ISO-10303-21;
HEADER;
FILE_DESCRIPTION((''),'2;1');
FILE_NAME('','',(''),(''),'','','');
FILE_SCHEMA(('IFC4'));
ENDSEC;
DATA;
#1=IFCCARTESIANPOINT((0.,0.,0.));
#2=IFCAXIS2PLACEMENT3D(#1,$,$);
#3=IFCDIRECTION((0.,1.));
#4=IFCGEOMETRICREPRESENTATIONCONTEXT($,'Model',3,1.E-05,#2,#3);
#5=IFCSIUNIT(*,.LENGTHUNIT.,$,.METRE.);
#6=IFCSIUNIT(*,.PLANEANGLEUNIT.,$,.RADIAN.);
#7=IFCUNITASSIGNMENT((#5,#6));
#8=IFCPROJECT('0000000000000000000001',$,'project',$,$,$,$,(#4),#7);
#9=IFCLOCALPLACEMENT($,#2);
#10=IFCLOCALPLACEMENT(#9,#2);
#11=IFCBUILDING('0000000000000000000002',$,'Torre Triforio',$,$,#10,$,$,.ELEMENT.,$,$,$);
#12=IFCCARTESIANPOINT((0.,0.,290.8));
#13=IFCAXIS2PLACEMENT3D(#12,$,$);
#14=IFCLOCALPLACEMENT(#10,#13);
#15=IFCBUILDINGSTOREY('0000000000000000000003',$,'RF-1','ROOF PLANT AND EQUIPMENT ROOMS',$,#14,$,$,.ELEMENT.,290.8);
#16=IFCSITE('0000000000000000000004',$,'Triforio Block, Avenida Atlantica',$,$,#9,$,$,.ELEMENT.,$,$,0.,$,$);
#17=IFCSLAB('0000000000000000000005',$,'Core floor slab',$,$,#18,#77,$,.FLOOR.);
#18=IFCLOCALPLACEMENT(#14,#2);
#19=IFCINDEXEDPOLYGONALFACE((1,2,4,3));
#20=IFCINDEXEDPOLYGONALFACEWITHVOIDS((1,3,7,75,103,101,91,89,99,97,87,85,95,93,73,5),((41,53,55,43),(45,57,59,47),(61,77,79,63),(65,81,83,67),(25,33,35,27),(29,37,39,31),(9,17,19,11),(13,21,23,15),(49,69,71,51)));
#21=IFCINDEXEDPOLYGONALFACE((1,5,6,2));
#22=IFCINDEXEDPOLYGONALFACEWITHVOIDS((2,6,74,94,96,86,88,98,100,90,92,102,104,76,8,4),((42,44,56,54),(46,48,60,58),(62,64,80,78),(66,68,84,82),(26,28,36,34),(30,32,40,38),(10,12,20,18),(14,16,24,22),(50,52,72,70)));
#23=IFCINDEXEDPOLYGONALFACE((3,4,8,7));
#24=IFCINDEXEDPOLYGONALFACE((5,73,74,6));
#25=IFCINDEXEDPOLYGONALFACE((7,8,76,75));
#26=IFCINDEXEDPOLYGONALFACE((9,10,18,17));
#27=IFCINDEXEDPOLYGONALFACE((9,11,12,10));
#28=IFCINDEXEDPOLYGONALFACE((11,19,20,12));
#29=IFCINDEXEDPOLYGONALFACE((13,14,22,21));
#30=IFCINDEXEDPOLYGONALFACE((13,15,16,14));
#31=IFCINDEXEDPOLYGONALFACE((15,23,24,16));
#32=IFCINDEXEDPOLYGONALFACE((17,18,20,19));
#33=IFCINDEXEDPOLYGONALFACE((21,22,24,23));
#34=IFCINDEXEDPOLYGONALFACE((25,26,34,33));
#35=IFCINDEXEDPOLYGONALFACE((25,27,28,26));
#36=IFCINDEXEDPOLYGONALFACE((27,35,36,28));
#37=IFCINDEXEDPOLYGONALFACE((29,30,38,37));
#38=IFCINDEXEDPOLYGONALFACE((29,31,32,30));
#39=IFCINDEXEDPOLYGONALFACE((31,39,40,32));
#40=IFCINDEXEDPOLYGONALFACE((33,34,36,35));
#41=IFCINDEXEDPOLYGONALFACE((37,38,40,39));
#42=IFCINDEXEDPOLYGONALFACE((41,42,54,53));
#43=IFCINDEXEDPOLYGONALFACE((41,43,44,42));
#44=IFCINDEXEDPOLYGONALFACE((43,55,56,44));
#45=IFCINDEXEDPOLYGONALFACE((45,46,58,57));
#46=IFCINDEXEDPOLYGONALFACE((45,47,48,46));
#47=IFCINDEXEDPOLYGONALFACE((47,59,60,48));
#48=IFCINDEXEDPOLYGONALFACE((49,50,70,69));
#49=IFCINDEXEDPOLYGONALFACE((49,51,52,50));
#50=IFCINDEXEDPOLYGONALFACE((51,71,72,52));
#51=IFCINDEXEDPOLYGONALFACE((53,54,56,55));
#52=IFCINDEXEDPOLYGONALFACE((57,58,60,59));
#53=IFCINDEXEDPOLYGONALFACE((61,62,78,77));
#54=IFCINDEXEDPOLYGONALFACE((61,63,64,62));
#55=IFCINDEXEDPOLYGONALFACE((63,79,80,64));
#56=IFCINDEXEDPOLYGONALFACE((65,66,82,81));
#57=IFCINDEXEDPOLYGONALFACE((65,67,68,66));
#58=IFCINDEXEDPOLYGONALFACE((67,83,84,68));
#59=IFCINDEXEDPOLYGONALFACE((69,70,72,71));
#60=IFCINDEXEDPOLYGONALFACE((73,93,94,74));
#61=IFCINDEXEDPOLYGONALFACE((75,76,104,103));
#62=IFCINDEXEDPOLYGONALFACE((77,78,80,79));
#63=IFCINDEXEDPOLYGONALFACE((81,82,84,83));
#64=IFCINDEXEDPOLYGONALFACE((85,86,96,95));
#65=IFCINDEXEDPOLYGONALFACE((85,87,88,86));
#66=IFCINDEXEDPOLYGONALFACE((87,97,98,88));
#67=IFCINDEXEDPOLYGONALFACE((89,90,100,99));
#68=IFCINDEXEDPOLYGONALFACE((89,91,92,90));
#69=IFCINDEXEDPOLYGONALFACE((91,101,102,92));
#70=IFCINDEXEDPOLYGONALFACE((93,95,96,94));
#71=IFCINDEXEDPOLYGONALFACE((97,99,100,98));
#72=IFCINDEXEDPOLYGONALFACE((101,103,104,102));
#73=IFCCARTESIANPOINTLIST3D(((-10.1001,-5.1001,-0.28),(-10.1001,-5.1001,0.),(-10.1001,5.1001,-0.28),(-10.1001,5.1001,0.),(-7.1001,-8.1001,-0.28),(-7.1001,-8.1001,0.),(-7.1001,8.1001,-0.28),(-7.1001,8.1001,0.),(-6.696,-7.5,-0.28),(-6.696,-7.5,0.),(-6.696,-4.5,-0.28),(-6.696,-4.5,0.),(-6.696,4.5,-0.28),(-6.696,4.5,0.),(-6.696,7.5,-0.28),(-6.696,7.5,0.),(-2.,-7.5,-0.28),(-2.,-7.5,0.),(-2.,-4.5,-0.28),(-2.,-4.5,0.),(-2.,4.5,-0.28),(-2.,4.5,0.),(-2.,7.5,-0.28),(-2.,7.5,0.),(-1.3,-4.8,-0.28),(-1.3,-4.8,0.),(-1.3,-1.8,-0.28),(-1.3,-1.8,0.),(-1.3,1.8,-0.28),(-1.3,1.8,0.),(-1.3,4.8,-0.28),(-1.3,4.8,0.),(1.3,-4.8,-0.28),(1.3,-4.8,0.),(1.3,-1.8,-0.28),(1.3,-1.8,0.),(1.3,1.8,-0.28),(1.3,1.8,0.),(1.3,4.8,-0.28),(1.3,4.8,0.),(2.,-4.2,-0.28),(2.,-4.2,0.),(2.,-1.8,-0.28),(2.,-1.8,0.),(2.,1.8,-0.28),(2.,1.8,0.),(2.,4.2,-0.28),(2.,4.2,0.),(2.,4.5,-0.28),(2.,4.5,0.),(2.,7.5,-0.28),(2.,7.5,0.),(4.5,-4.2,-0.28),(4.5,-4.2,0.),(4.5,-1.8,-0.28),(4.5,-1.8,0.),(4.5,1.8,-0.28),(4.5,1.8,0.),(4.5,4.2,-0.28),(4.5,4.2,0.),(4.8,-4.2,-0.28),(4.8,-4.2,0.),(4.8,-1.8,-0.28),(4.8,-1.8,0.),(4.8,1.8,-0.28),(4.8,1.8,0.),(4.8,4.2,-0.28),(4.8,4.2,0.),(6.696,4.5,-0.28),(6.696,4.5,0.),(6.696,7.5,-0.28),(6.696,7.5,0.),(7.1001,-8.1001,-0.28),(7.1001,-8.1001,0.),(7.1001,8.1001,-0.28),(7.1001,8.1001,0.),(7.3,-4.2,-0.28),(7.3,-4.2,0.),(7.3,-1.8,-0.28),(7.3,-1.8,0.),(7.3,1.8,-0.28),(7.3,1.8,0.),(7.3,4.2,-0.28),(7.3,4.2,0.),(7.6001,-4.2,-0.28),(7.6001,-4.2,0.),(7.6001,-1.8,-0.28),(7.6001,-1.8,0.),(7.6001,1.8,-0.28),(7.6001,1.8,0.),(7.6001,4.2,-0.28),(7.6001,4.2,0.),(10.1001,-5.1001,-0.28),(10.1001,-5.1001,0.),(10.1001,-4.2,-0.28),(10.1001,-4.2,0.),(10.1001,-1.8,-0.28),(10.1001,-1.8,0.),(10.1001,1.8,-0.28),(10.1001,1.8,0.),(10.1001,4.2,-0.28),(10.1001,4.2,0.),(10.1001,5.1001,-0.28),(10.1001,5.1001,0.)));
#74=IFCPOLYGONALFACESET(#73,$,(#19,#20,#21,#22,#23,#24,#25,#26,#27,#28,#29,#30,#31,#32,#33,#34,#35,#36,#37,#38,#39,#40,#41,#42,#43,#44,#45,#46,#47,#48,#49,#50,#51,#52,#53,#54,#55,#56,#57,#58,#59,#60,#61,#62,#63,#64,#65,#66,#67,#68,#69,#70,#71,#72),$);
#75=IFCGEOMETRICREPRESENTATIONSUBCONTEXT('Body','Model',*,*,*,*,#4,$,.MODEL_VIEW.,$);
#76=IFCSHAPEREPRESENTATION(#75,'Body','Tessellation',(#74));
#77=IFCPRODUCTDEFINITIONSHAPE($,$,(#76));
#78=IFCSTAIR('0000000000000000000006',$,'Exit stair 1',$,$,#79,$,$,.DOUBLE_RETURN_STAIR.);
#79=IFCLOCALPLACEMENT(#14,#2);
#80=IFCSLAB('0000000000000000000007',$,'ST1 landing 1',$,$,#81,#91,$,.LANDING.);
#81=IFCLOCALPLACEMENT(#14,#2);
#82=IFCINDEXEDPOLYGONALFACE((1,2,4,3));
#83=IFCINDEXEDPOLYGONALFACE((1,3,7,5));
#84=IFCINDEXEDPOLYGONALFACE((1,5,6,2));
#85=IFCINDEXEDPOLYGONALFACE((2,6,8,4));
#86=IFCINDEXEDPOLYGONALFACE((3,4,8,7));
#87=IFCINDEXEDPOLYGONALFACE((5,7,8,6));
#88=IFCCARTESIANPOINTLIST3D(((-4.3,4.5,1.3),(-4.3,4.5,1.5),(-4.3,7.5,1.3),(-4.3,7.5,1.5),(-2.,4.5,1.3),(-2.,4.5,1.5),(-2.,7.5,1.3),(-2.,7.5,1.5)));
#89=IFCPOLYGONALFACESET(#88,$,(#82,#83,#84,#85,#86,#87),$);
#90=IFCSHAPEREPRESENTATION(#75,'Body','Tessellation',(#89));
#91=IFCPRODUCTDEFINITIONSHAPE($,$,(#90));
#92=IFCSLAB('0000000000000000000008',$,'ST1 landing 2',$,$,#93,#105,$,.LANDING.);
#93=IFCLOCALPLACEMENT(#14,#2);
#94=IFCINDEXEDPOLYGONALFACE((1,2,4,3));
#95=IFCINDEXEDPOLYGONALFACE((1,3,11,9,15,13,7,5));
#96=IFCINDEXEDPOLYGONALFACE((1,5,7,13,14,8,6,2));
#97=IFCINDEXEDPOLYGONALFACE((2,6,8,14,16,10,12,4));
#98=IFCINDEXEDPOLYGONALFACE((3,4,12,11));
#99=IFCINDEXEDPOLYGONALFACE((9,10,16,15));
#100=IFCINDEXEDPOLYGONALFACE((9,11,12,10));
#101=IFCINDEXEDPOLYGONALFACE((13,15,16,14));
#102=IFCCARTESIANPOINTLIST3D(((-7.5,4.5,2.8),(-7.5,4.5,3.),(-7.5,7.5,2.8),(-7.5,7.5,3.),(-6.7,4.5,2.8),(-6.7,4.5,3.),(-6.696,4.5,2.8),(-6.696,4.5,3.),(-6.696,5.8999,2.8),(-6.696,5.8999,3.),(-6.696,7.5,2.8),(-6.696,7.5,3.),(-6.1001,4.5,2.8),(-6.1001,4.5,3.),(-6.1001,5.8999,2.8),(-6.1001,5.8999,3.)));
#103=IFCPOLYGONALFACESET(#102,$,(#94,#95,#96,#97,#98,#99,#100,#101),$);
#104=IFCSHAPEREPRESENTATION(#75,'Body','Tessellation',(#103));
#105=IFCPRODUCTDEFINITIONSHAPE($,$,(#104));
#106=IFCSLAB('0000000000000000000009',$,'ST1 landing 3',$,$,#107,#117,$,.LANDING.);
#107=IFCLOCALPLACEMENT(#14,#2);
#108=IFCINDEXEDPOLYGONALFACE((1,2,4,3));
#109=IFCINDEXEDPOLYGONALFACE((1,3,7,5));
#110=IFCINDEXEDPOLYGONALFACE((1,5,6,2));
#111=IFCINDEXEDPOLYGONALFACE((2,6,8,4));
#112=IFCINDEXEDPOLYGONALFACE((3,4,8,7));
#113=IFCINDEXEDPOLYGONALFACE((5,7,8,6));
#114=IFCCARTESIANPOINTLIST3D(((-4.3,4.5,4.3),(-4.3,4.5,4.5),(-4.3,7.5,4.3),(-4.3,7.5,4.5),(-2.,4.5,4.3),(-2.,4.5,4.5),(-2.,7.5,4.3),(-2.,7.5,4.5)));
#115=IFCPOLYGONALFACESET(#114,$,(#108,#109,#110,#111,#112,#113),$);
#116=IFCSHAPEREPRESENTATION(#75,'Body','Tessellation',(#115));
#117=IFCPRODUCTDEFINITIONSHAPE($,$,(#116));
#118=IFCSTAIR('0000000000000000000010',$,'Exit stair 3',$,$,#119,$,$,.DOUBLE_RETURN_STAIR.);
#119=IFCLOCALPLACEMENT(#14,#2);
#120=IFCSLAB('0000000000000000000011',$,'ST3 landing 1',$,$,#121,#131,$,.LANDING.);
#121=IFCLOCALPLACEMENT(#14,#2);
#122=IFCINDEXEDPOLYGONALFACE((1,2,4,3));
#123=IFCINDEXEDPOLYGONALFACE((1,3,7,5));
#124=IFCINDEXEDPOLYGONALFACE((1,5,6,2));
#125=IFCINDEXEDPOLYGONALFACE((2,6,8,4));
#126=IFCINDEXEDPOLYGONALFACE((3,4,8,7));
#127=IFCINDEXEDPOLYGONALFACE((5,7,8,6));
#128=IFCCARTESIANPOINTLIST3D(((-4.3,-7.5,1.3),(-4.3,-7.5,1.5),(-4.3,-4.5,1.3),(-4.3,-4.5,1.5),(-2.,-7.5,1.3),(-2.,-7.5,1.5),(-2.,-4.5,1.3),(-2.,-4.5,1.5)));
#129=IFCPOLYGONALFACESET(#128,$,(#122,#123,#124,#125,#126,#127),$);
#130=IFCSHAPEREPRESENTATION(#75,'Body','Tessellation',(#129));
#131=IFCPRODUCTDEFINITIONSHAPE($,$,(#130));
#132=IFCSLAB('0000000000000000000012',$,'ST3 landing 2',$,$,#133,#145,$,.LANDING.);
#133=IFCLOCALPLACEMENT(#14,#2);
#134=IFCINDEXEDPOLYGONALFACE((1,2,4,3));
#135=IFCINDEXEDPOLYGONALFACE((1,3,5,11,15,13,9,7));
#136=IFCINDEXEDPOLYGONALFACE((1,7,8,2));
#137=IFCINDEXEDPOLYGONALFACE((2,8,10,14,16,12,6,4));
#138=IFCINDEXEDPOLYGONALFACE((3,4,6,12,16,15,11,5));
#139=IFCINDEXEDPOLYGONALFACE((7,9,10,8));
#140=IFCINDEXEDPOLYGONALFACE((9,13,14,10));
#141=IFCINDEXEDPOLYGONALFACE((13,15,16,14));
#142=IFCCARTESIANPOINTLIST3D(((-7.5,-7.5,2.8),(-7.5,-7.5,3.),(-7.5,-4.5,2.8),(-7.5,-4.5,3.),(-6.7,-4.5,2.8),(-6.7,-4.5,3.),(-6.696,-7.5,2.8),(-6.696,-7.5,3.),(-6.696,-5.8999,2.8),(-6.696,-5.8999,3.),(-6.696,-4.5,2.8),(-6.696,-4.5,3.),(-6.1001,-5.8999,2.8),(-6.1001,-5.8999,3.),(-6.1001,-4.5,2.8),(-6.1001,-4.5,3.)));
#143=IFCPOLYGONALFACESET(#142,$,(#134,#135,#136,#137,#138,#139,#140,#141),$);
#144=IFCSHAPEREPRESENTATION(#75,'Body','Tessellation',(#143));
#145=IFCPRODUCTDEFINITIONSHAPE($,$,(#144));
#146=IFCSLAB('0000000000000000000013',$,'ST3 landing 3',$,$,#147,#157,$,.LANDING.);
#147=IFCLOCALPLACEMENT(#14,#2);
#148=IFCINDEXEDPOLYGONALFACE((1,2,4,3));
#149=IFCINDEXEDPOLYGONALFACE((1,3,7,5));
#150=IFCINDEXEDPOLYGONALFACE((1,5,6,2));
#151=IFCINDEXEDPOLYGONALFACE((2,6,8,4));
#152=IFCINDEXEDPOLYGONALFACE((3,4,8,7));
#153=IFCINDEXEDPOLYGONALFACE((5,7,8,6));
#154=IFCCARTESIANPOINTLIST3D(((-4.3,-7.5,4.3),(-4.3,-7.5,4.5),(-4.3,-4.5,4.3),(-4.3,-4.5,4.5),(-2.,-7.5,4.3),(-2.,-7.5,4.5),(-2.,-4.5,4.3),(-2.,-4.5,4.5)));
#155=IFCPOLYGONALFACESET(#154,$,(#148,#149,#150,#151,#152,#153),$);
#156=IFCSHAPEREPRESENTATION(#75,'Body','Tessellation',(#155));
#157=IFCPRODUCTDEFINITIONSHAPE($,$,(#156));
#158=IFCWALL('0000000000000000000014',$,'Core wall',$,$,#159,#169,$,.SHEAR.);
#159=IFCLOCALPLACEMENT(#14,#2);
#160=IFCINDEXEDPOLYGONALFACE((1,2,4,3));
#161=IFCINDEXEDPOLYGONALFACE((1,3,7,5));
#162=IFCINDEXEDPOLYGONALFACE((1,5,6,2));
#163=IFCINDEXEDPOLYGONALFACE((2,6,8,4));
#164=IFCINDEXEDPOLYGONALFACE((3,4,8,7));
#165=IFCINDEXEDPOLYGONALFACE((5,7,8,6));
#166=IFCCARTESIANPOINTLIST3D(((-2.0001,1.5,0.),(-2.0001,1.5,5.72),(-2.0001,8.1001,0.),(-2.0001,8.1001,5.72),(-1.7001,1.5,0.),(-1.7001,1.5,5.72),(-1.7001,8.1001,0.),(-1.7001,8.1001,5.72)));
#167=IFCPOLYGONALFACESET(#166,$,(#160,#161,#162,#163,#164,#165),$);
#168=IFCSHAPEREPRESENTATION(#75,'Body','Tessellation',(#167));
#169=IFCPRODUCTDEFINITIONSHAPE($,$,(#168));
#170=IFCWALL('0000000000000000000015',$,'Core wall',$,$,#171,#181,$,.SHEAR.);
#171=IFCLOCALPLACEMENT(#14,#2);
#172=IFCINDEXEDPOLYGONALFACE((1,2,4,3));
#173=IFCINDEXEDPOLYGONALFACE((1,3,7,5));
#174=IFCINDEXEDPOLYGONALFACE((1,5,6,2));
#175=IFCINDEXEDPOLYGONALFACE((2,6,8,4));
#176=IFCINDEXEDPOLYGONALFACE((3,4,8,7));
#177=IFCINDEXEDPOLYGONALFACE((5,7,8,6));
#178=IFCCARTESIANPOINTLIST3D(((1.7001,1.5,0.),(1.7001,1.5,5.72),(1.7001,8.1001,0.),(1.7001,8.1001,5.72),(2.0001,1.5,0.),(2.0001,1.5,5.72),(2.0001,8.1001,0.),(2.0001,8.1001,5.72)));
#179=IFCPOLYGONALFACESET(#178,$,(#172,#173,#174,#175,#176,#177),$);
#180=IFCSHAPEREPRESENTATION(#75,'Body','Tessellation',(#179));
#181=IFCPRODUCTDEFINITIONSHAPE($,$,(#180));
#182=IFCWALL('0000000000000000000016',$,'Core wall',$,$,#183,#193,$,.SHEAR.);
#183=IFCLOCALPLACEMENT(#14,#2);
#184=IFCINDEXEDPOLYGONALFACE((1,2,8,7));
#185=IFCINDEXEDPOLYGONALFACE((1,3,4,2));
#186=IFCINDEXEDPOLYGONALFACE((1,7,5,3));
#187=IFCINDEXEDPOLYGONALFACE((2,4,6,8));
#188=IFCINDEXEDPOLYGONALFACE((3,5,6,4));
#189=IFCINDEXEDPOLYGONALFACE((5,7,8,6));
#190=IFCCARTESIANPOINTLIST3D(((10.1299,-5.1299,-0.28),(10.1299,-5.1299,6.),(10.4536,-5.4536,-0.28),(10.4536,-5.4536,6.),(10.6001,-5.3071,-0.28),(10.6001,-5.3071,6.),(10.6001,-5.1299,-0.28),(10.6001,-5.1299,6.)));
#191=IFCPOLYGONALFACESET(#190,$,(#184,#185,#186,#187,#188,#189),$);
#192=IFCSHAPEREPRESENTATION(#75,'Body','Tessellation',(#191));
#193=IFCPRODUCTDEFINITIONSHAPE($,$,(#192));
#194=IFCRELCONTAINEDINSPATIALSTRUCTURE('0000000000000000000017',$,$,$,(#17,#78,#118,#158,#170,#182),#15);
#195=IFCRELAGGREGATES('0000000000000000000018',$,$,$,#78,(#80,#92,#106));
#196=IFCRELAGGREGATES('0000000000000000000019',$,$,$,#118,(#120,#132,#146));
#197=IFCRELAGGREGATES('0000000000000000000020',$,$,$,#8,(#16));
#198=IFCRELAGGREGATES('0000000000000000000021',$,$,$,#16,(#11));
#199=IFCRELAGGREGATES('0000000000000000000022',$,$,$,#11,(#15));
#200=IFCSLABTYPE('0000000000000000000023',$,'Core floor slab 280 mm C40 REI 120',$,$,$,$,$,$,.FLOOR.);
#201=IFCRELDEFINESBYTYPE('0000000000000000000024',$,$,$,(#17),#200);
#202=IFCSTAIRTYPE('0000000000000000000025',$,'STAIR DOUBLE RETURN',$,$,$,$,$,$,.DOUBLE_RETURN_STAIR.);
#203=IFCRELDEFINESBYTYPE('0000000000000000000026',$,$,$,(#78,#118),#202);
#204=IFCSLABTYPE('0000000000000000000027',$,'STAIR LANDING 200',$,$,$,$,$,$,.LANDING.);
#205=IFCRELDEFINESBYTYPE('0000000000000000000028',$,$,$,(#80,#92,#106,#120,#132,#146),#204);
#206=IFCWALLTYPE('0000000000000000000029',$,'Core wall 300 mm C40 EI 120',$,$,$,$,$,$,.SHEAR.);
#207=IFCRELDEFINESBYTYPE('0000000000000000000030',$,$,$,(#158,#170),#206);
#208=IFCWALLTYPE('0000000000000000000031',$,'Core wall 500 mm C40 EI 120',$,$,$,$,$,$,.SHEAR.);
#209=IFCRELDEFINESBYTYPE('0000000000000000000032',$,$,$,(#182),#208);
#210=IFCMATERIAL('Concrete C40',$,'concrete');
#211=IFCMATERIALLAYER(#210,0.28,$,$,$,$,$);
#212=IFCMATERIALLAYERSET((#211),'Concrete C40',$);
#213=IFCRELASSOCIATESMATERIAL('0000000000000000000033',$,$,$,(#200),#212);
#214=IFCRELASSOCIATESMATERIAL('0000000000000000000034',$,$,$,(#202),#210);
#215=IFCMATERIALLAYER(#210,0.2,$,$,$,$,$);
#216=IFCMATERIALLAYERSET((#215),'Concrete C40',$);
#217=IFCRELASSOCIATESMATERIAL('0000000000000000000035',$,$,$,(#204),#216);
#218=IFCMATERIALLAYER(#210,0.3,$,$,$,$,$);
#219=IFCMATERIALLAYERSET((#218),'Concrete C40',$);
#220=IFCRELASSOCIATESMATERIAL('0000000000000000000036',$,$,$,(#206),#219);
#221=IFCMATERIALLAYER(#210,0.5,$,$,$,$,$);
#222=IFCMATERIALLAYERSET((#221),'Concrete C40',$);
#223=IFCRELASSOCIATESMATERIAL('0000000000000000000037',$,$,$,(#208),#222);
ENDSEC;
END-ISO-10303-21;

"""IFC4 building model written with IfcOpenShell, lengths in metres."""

from ifc_helpers import new_model, si_unit, direction, frame, frame_2d, origin, place, context, subcontext, project, spatial, polyline, rectangle, outline, extrude, material, layer, layer_set, type_object, element, aggregate, save


model = new_model("IFC4")

# Units and contexts
model_context = context("Model", 3, precision=1e-05, world=origin(), true_north=direction((0.0, 1.0)))
body_context = subcontext(model_context, "Body", "Model", "MODEL_VIEW")
ifc_project = project(units=[si_unit("LENGTHUNIT", "METRE"), si_unit("PLANEANGLEUNIT", "RADIAN")], contexts=[model_context])

# Site, building, storey
site_placement = place(None, origin())
site = spatial("IfcSite", under=ifc_project, at=site_placement, Name="Triforio Block, Avenida Atlantica", CompositionType="ELEMENT", RefElevation=0.0)
building_placement = place(site_placement, origin())
building = spatial("IfcBuilding", under=site, at=building_placement, Name="Torre Triforio", CompositionType="ELEMENT")
storey_placement = place(building_placement, frame((0.0, 0.0, 290.8)))
storey = spatial("IfcBuildingStorey", under=building, at=storey_placement, Name="RF-1", Description="ROOF PLANT AND EQUIPMENT ROOMS", CompositionType="ELEMENT", Elevation=290.8)

# Slab
ifc_material_1 = material(Name="Concrete C40", Category="concrete")
ifc_layer_1 = layer(ifc_material_1, 0.28)
ifc_layer_set_1 = layer_set([ifc_layer_1], Name="Concrete C40")
slab_type_1 = type_object("IfcSlabType", Name="Core floor slab 280 mm C40 REI 120", PredefinedType="FLOOR", material=ifc_layer_set_1)
slab_1_placement = place(storey_placement, frame((0.0, 0.0, -0.28)))
element("IfcSlab", 1, at=slab_1_placement, inside=storey, type_object=slab_type_1, Name="Core floor slab", PredefinedType="FLOOR", context=body_context, shape_type="SweptSolid", body=[
    extrude(outline(polyline([(10.1001, -5.1001), (7.1001, -8.1001), (-7.1001, -8.1001), (-10.1001, -5.1001), (-10.1001, 5.1001), (-7.1001, 8.1001), (7.1001, 8.1001), (10.1001, 5.1001), (10.1001, 4.2), (7.6001, 4.2), (7.6001, 1.8), (10.1001, 1.8), (10.1001, -1.8), (7.6001, -1.8), (7.6001, -4.2), (10.1001, -4.2), (10.1001, -5.1001)]), holes=[polyline([(-6.696, -4.5), (-6.696, -7.5), (-2.0, -7.5), (-2.0, -4.5), (-6.696, -4.5)]), polyline([(-1.3, -1.8), (-1.3, -4.8), (1.3, -4.8), (1.3, -1.8), (-1.3, -1.8)]), polyline([(2.0, -1.8), (2.0, -4.2), (4.5, -4.2), (4.5, -1.8), (2.0, -1.8)]), polyline([(4.5, 4.2), (2.0, 4.2), (2.0, 1.8), (4.5, 1.8), (4.5, 4.2)]), polyline([(1.3, 4.8), (-1.3, 4.8), (-1.3, 1.8), (1.3, 1.8), (1.3, 4.8)]), polyline([(-6.696, 7.5), (-6.696, 4.5), (-2.0, 4.5), (-2.0, 7.5), (-6.696, 7.5)]), polyline([(7.3, -1.8), (4.8, -1.8), (4.8, -4.2), (7.3, -4.2), (7.3, -1.8)]), polyline([(4.8, 4.2), (4.8, 1.8), (7.3, 1.8), (7.3, 4.2), (4.8, 4.2)]), polyline([(6.696, 7.5), (2.0, 7.5), (2.0, 4.5), (6.696, 4.5), (6.696, 7.5)])]), origin(), (0.0, 0.0, 1.0), 0.28),
])

# Stairs, slabs
stair_type = type_object("IfcStairType", Name="STAIR DOUBLE RETURN", PredefinedType="DOUBLE_RETURN_STAIR", material=ifc_material_1)
stair_1_placement = place(storey_placement, origin())
stair_1 = element("IfcStair", 2, at=stair_1_placement, inside=storey, type_object=stair_type, Name="Exit stair 1", PredefinedType="DOUBLE_RETURN_STAIR")
ifc_layer_2 = layer(ifc_material_1, 0.2)
ifc_layer_set_2 = layer_set([ifc_layer_2], Name="Concrete C40")
slab_type_2 = type_object("IfcSlabType", Name="STAIR LANDING 200", PredefinedType="LANDING", material=ifc_layer_set_2)
slab_2_placement = place(storey_placement, frame((0.0, 0.0, 1.3)))
slab_2 = element("IfcSlab", 3, at=slab_2_placement, type_object=slab_type_2, Name="ST1 landing 1", PredefinedType="LANDING", context=body_context, shape_type="SweptSolid", body=[
    extrude(outline(polyline([(-2.0, 4.5), (-2.0, 7.5), (-4.3, 7.5), (-4.3, 4.5), (-2.0, 4.5)])), origin(), (0.0, 0.0, 1.0), 0.2),
])
slab_3_placement = place(storey_placement, frame((0.0, 0.0, 2.8)))
slab_3 = element("IfcSlab", 4, at=slab_3_placement, type_object=slab_type_2, Name="ST1 landing 2", PredefinedType="LANDING", context=body_context, shape_type="SweptSolid", body=[
    extrude(outline(polyline([(-6.1001, 5.8999), (-6.1001, 4.5), (-6.696, 4.5), (-6.7, 4.5), (-7.5, 4.5), (-7.5, 7.5), (-6.696, 7.5), (-6.696, 5.8999), (-6.1001, 5.8999)])), origin(), (0.0, 0.0, 1.0), 0.2),
])
slab_4_placement = place(storey_placement, frame((0.0, 0.0, 4.3)))
slab_4 = element("IfcSlab", 5, at=slab_4_placement, type_object=slab_type_2, Name="ST1 landing 3", PredefinedType="LANDING", context=body_context, shape_type="SweptSolid", body=[
    extrude(outline(polyline([(-2.0, 4.5), (-2.0, 7.5), (-4.3, 7.5), (-4.3, 4.5), (-2.0, 4.5)])), origin(), (0.0, 0.0, 1.0), 0.2),
])
aggregate(stair_1, [slab_2, slab_3, slab_4])
stair_2_placement = place(storey_placement, origin())
stair_2 = element("IfcStair", 6, at=stair_2_placement, inside=storey, type_object=stair_type, Name="Exit stair 3", PredefinedType="DOUBLE_RETURN_STAIR")
slab_5_placement = place(storey_placement, frame((0.0, 0.0, 1.3)))
slab_5 = element("IfcSlab", 7, at=slab_5_placement, type_object=slab_type_2, Name="ST3 landing 1", PredefinedType="LANDING", context=body_context, shape_type="SweptSolid", body=[
    extrude(outline(polyline([(-2.0, -7.5), (-2.0, -4.5), (-4.3, -4.5), (-4.3, -7.5), (-2.0, -7.5)])), origin(), (0.0, 0.0, 1.0), 0.2),
])
slab_6_placement = place(storey_placement, frame((0.0, 0.0, 2.8)))
slab_6 = element("IfcSlab", 8, at=slab_6_placement, type_object=slab_type_2, Name="ST3 landing 2", PredefinedType="LANDING", context=body_context, shape_type="SweptSolid", body=[
    extrude(outline(polyline([(-6.696, -7.5), (-7.5, -7.5), (-7.5, -4.5), (-6.7, -4.5), (-6.696, -4.5), (-6.1001, -4.5), (-6.1001, -5.8999), (-6.696, -5.8999), (-6.696, -7.5)])), origin(), (0.0, 0.0, 1.0), 0.2),
])
slab_7_placement = place(storey_placement, frame((0.0, 0.0, 4.3)))
slab_7 = element("IfcSlab", 9, at=slab_7_placement, type_object=slab_type_2, Name="ST3 landing 3", PredefinedType="LANDING", context=body_context, shape_type="SweptSolid", body=[
    extrude(outline(polyline([(-2.0, -7.5), (-2.0, -4.5), (-4.3, -4.5), (-4.3, -7.5), (-2.0, -7.5)])), origin(), (0.0, 0.0, 1.0), 0.2),
])
aggregate(stair_2, [slab_5, slab_6, slab_7])

# Walls
ifc_layer_3 = layer(ifc_material_1, 0.3)
ifc_layer_set_3 = layer_set([ifc_layer_3], Name="Concrete C40")
wall_type_1 = type_object("IfcWallType", Name="Core wall 300 mm C40 EI 120", PredefinedType="SHEAR", material=ifc_layer_set_3)
for number, where, z_axis, x_axis, name in (
    (10, (-1.8501, 1.5, 0.0), (0.0, 0.0, 1.0), (0.0, 1.0, 0.0), "Core wall"),
    (11, (1.8501, 1.5, 0.0), (0.0, 0.0, 1.0), (0.0, 1.0, 0.0), "Core wall"),
):
    element("IfcWall", number, at=place(storey_placement, frame(where, z_axis=z_axis, x_axis=x_axis)), inside=storey, type_object=wall_type_1, Name=name, PredefinedType="SHEAR", context=body_context, shape_type="SweptSolid", body=[
        extrude(rectangle(XDim=6.6001, YDim=0.3, at=frame_2d((3.3, 0.0))), origin(), (0.0, 0.0, 1.0), 5.72),
    ])
ifc_layer_4 = layer(ifc_material_1, 0.5)
ifc_layer_set_4 = layer_set([ifc_layer_4], Name="Concrete C40")
wall_type_2 = type_object("IfcWallType", Name="Core wall 500 mm C40 EI 120", PredefinedType="SHEAR", material=ifc_layer_set_4)
wall_1_placement = place(storey_placement, frame((0.0, 0.0, -0.28)))
element("IfcWall", 12, at=wall_1_placement, inside=storey, type_object=wall_type_2, Name="Core wall", PredefinedType="SHEAR", context=body_context, shape_type="SweptSolid", body=[
    extrude(outline(polyline([(10.6001, -5.3071), (10.4536, -5.4536), (10.1299, -5.1299), (10.6001, -5.1299), (10.6001, -5.3071)])), origin(), (0.0, 0.0, 1.0), 6.28),
])

save(model, "model.ifc")
